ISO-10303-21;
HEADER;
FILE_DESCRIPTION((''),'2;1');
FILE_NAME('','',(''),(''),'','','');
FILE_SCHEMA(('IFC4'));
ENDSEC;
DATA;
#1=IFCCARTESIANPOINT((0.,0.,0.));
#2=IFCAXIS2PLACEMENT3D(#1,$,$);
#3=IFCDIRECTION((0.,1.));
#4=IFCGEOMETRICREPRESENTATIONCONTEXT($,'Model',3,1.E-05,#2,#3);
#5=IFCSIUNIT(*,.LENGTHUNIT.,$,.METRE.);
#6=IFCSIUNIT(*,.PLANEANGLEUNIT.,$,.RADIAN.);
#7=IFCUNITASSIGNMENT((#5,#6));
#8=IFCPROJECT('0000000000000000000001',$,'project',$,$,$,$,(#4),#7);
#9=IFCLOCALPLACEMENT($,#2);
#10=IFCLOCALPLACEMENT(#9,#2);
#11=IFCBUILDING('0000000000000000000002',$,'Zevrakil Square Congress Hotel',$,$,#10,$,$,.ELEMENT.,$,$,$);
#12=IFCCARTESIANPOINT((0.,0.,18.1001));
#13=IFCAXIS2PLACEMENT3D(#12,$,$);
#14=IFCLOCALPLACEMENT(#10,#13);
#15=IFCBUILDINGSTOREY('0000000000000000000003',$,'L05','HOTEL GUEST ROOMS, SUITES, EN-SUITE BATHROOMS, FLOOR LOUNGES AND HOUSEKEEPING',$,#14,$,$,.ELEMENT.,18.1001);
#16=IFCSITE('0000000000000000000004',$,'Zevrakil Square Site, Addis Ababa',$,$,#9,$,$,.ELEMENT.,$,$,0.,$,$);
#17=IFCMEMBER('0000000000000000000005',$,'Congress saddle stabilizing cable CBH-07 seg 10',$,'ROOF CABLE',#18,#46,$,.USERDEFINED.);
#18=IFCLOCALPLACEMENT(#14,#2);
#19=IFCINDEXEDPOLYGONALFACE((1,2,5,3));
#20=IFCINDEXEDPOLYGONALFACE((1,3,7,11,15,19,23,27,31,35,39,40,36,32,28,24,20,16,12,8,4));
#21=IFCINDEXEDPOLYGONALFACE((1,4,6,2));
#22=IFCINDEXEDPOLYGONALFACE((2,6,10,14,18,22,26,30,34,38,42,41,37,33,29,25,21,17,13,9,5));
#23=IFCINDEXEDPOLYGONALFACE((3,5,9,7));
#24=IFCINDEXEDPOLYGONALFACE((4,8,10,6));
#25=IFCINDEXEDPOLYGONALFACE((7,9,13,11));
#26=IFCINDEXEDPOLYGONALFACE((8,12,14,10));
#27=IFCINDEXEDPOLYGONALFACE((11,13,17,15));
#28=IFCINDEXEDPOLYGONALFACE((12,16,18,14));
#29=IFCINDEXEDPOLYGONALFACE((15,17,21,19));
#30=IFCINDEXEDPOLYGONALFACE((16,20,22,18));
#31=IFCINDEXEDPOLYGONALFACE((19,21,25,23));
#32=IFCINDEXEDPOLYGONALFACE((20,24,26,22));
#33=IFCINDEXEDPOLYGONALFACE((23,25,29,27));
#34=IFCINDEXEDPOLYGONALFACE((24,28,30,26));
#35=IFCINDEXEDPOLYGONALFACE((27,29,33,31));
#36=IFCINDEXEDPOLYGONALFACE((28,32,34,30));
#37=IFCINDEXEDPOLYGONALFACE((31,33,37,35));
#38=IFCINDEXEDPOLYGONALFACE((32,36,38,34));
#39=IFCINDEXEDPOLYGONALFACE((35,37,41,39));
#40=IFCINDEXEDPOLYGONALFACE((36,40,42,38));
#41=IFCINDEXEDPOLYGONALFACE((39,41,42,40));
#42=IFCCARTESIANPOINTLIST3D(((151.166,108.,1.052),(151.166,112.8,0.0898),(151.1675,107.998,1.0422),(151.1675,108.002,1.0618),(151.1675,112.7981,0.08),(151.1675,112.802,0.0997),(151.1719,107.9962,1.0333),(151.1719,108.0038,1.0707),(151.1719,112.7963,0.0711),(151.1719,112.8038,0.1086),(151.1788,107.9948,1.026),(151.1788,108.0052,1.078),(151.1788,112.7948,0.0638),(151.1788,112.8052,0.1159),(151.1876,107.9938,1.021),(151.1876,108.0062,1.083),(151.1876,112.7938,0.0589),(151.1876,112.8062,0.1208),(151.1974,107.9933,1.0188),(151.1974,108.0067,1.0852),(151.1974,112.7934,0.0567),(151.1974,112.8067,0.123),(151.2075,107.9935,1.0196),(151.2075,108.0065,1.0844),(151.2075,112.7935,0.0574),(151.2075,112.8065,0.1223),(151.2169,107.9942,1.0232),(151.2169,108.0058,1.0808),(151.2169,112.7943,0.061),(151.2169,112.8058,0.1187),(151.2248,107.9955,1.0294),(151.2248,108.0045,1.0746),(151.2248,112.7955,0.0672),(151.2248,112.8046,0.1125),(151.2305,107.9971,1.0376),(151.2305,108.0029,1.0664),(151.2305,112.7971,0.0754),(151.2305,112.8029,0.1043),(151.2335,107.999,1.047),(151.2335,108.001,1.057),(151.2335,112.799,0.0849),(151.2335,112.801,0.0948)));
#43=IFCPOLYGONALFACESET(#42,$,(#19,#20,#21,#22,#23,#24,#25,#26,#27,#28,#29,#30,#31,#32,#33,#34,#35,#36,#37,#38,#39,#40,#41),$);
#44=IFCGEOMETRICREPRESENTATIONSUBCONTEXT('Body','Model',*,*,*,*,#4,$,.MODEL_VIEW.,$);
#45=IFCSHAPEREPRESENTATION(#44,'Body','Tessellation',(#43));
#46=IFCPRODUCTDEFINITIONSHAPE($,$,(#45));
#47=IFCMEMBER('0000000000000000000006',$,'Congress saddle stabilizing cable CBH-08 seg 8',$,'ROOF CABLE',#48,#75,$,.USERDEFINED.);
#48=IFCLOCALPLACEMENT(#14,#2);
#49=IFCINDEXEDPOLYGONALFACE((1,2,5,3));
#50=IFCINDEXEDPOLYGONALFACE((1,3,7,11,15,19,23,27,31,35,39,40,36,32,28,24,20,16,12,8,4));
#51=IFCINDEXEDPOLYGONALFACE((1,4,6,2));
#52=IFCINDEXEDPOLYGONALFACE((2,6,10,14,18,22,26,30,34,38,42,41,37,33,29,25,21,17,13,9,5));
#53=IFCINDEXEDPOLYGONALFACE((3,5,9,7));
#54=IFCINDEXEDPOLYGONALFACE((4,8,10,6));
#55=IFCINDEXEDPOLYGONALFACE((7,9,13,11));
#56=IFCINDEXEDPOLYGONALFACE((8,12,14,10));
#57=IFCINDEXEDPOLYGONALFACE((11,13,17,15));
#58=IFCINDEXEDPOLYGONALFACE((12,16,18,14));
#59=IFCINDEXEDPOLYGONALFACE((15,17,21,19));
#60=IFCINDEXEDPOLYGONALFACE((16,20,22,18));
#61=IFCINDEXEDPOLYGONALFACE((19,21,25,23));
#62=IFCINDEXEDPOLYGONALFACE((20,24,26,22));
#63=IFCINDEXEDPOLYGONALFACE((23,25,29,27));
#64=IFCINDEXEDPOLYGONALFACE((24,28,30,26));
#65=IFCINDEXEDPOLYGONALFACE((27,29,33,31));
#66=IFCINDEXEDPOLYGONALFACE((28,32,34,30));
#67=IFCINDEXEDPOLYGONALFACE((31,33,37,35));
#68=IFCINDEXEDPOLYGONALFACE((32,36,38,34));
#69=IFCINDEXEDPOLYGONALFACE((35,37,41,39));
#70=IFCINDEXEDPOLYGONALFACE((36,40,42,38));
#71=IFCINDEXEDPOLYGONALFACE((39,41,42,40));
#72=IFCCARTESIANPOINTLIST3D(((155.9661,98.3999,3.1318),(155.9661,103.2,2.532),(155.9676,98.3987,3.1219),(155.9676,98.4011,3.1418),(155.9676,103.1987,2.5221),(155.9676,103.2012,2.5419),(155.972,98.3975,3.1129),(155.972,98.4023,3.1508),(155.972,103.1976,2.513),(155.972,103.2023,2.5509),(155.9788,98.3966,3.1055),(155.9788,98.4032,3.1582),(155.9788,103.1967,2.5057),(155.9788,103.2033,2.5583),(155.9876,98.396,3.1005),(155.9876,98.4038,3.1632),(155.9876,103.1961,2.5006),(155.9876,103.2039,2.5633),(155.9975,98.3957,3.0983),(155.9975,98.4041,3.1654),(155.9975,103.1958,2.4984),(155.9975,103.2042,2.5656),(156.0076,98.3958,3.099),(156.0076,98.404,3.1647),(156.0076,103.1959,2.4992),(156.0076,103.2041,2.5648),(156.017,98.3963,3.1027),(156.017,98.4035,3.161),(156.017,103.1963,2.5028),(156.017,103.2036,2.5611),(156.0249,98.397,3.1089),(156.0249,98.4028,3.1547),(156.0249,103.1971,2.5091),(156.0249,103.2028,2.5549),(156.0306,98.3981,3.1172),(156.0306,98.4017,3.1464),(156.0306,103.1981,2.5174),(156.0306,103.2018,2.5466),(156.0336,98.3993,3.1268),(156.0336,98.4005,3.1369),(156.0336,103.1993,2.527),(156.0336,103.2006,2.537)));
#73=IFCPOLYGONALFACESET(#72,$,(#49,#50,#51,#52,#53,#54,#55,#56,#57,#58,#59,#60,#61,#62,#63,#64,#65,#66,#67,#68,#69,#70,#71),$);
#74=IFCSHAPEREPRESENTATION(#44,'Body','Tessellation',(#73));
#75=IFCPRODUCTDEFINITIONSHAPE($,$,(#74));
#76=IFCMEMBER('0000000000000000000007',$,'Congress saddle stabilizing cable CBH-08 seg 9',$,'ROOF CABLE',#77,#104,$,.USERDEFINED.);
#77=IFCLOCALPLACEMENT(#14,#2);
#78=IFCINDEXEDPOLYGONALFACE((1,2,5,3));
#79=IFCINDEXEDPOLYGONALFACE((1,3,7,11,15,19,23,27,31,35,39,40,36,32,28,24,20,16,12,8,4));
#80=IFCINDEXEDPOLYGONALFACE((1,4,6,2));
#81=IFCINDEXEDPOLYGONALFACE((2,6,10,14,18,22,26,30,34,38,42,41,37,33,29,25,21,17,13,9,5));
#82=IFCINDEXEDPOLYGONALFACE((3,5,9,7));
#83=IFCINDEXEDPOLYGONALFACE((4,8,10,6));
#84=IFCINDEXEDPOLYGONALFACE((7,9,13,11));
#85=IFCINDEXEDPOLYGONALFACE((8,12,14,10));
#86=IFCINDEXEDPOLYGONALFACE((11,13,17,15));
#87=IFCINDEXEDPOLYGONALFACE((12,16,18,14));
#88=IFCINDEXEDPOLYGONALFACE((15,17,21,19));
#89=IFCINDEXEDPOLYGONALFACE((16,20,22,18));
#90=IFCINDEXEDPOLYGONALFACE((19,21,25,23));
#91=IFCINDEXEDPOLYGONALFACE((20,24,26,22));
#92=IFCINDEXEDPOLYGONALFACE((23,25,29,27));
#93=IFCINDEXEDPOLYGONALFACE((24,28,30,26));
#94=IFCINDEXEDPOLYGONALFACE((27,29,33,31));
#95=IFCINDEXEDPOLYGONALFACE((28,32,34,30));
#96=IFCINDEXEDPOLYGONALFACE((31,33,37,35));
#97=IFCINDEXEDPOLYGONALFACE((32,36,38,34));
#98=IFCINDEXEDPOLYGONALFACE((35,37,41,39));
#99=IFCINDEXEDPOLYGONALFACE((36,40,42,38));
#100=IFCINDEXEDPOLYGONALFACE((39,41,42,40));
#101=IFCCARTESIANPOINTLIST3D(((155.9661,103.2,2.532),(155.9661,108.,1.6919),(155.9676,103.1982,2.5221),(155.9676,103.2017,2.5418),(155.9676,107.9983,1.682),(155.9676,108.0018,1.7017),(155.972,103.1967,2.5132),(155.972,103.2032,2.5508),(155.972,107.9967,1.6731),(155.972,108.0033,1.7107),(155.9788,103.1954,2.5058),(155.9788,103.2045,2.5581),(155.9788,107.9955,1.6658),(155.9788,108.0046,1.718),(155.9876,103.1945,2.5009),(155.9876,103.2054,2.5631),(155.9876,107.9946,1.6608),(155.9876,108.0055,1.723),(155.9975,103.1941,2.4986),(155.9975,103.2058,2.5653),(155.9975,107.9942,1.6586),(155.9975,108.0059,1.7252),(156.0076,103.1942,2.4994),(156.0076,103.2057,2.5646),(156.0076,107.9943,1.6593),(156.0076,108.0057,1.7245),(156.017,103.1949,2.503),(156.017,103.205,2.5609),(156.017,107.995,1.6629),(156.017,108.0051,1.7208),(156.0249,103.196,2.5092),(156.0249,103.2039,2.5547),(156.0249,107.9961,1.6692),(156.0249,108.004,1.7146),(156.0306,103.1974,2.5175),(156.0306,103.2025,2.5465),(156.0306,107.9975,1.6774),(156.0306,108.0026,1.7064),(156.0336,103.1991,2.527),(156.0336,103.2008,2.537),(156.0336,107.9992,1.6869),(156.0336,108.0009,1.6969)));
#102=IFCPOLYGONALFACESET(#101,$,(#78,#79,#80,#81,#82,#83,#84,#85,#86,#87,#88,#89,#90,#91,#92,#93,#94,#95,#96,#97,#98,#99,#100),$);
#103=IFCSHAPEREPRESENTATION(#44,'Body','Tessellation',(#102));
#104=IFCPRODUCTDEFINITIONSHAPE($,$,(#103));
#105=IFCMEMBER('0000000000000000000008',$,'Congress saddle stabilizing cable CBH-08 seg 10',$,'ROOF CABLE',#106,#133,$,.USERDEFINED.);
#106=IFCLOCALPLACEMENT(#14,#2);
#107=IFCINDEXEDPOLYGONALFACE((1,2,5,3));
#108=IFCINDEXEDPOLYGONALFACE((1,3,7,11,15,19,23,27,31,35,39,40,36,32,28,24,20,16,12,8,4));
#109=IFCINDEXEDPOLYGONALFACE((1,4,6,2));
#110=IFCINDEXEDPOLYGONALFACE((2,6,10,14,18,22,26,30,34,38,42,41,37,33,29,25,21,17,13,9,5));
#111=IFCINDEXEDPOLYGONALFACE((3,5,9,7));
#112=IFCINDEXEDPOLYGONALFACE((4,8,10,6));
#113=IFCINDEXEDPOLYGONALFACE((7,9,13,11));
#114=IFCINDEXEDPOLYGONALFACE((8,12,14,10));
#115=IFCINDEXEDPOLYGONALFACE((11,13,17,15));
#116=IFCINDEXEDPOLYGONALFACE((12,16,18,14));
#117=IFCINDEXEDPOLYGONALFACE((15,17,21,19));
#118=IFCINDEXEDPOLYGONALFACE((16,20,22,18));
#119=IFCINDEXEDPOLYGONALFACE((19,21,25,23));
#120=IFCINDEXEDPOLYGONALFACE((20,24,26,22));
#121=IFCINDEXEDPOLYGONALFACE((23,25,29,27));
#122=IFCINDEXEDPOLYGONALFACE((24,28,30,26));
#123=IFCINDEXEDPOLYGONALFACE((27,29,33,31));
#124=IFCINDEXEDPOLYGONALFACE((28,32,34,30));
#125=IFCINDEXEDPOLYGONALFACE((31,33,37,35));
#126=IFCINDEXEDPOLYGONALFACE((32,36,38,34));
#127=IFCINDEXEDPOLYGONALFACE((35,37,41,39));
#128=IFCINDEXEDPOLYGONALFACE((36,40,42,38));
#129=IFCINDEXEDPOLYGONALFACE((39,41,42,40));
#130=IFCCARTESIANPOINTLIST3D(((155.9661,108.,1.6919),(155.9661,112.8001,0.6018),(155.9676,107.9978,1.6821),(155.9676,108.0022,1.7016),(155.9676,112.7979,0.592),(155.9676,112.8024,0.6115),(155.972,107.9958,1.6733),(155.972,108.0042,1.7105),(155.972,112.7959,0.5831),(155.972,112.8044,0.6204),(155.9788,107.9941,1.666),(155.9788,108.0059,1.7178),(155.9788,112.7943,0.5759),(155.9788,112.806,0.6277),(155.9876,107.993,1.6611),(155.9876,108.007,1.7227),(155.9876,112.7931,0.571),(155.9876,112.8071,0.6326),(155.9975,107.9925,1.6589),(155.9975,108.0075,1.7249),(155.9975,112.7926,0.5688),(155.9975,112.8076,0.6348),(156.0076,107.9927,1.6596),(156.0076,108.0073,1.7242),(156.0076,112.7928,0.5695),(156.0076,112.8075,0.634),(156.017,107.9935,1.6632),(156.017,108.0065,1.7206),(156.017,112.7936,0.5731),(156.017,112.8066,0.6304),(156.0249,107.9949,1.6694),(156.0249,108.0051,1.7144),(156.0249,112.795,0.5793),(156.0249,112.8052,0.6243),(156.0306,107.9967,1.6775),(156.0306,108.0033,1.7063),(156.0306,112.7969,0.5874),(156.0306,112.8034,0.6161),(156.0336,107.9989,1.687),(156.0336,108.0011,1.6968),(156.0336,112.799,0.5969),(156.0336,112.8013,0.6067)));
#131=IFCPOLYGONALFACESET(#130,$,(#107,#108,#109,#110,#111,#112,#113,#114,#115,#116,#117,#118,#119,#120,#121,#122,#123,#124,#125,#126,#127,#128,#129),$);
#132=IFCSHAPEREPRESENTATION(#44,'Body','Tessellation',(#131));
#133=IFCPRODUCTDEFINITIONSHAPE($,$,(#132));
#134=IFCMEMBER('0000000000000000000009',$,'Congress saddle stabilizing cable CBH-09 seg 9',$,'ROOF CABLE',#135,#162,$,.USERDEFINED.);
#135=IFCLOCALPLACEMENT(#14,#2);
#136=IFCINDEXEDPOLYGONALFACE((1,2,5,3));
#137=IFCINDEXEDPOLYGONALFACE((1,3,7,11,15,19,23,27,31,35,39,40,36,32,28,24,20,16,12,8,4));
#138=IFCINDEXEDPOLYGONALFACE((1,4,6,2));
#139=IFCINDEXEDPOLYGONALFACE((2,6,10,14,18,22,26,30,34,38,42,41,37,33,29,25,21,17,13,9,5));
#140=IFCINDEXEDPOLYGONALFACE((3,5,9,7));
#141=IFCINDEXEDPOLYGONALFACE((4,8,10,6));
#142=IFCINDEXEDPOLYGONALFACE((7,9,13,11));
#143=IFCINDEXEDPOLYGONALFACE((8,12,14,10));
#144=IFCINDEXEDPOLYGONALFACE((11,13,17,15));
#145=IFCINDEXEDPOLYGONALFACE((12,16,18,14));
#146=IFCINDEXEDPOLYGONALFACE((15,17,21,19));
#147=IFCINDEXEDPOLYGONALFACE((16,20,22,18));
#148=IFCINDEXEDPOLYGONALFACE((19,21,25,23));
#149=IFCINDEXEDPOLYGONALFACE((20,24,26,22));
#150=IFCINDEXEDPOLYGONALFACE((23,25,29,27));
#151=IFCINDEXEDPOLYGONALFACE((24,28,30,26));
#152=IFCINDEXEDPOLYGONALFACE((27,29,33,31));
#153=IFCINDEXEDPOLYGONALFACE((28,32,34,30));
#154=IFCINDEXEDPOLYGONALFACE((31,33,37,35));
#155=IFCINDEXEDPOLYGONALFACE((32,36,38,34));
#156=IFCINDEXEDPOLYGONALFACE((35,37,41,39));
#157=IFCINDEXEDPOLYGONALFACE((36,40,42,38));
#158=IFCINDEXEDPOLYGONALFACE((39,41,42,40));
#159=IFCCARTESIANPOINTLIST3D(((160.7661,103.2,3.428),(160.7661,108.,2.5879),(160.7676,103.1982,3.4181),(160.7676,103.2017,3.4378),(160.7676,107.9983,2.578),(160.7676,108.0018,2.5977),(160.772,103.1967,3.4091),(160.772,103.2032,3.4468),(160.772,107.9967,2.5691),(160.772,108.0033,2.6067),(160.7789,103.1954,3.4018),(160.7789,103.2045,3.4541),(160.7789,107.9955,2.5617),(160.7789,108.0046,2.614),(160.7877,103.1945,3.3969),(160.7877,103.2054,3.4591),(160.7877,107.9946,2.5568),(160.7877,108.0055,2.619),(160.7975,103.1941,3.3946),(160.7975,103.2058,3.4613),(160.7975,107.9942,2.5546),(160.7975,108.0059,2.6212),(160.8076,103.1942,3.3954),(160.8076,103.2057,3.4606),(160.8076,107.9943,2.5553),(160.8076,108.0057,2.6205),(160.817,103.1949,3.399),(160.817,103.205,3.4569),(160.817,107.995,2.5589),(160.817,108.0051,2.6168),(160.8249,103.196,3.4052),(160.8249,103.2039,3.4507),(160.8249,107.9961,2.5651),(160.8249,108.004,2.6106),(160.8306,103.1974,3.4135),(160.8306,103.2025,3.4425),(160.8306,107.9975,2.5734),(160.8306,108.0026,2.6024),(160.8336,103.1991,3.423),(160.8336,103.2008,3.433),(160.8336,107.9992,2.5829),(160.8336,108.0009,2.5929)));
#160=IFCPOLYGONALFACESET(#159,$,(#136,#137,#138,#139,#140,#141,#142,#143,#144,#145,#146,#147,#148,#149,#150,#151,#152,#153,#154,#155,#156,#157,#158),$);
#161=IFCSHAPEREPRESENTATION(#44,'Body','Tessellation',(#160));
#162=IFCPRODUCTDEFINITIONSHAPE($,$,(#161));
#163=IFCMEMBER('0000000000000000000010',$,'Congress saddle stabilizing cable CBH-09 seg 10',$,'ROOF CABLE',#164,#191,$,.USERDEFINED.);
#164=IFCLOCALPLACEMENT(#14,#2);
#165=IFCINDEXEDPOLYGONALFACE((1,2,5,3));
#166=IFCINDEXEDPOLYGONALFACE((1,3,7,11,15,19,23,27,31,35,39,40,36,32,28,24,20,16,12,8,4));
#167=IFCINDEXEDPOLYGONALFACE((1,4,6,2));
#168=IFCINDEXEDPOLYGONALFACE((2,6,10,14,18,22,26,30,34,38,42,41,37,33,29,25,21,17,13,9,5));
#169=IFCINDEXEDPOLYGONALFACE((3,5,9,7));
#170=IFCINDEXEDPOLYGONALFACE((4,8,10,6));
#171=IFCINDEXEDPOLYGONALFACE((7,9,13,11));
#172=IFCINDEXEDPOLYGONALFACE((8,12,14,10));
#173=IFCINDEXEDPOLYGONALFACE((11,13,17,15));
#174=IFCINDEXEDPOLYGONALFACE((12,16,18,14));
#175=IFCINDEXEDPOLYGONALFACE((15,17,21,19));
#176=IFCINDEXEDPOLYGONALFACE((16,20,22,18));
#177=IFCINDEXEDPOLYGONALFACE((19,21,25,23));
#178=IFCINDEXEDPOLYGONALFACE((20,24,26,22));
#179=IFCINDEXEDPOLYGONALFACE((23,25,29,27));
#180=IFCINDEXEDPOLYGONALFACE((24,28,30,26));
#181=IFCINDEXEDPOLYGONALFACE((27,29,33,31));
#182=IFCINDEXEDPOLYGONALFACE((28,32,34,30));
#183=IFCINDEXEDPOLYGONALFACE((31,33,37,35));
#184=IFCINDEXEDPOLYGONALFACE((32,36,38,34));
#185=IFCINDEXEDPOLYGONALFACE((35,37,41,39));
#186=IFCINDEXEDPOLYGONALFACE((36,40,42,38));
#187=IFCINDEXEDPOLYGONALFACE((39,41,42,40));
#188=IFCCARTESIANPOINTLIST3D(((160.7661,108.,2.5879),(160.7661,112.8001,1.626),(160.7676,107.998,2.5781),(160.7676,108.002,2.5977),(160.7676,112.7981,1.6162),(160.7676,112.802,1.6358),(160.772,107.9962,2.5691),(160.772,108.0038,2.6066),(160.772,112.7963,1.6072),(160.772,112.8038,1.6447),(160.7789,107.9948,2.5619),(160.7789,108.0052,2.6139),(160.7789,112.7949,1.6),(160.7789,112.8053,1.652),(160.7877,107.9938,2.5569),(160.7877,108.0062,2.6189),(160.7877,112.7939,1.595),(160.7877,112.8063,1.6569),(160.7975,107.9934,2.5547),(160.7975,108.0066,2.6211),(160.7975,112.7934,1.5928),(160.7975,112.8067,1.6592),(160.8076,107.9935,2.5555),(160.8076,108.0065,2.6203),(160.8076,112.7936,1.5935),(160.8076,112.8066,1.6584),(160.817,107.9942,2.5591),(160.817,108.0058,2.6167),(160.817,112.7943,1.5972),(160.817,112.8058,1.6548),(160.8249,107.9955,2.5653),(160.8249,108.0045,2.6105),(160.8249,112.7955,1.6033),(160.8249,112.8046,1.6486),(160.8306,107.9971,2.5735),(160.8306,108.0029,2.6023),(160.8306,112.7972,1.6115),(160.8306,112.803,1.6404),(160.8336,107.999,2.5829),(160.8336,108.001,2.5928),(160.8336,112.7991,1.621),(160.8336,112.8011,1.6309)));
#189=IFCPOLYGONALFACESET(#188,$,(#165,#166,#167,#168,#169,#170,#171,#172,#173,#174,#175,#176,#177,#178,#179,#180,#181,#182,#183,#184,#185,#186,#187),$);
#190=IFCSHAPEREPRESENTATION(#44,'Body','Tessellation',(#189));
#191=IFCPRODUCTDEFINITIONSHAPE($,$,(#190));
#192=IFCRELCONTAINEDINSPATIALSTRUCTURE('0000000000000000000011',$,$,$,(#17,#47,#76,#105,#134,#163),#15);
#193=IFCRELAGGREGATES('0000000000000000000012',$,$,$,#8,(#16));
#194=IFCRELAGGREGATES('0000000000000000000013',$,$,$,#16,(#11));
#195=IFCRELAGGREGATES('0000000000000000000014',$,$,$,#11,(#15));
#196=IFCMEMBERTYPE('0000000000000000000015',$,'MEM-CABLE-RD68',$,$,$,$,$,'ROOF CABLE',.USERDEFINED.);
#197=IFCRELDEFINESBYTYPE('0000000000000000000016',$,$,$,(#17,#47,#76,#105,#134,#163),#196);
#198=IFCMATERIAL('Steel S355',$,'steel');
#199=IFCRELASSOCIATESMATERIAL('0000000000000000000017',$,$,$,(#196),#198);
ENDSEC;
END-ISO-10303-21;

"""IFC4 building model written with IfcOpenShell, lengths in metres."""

from ifc_helpers import new_model, si_unit, direction, frame, origin, origin_2d, place, context, subcontext, project, spatial, circle, extrude, material, material_profile, profile_set, type_object, element, save


model = new_model("IFC4")

# Units and contexts
model_context = context("Model", 3, precision=1e-05, world=origin(), true_north=direction((0.0, 1.0)))
body_context = subcontext(model_context, "Body", "Model", "MODEL_VIEW")
ifc_project = project(units=[si_unit("LENGTHUNIT", "METRE"), si_unit("PLANEANGLEUNIT", "RADIAN")], contexts=[model_context])

# Site, building, storey
site_placement = place(None, origin())
site = spatial("IfcSite", under=ifc_project, at=site_placement, Name="Zevrakil Square Site, Addis Ababa", CompositionType="ELEMENT", RefElevation=0.0)
building_placement = place(site_placement, origin())
building = spatial("IfcBuilding", under=site, at=building_placement, Name="Zevrakil Square Congress Hotel", CompositionType="ELEMENT")
storey_placement = place(building_placement, frame((0.0, 0.0, 18.1001)))
storey = spatial("IfcBuildingStorey", under=building, at=storey_placement, Name="L05", Description="HOTEL GUEST ROOMS, SUITES, EN-SUITE BATHROOMS, FLOOR LOUNGES AND HOUSEKEEPING", CompositionType="ELEMENT", Elevation=18.1001)

# Members
ifc_material_1 = material(Name="Steel S355", Category="steel")
ifc_material_profile_1 = material_profile(ifc_material_1, circle(Radius=0.0339, at=origin_2d()), Name="CABLE RD68")
ifc_profile_set_1 = profile_set([ifc_material_profile_1], Name="Steel S355")
member_type_1 = type_object("IfcMemberType", Name="MEM-CABLE-RD68", ElementType="ROOF CABLE", PredefinedType="USERDEFINED", material=ifc_profile_set_1)
member_1_placement = place(storey_placement, frame((151.2, 108.0, 1.052), z_axis=(0.0, 0.980496, -0.196538), x_axis=(-1.0, 0.0, 0.0)))
element("IfcMember", 1, at=member_1_placement, inside=storey, type_object=member_type_1, Name="Congress saddle stabilizing cable CBH-07 seg 10", ObjectType="ROOF CABLE", PredefinedType="USERDEFINED", context=body_context, shape_type="SweptSolid", body=[
    extrude(circle(Radius=0.0339, at=origin_2d()), origin(), (0.0, 0.0, 1.0), 4.8955),
])
member_2_placement = place(storey_placement, frame((156.0, 98.3999, 3.1318), z_axis=(0.0, 0.992282, -0.124004), x_axis=(-1.0, 0.0, 0.0)))
element("IfcMember", 2, at=member_2_placement, inside=storey, type_object=member_type_1, Name="Congress saddle stabilizing cable CBH-08 seg 8", ObjectType="ROOF CABLE", PredefinedType="USERDEFINED", context=body_context, shape_type="SweptSolid", body=[
    extrude(circle(Radius=0.0339, at=origin_2d()), origin(), (0.0, 0.0, 1.0), 4.8374),
])
member_3_placement = place(storey_placement, frame((156.0, 103.2, 2.532), z_axis=(0.0, 0.985028, -0.172396), x_axis=(-1.0, 0.0, 0.0)))
element("IfcMember", 3, at=member_3_placement, inside=storey, type_object=member_type_1, Name="Congress saddle stabilizing cable CBH-08 seg 9", ObjectType="ROOF CABLE", PredefinedType="USERDEFINED", context=body_context, shape_type="SweptSolid", body=[
    extrude(circle(Radius=0.0339, at=origin_2d()), origin(), (0.0, 0.0, 1.0), 4.873),
])
member_4_placement = place(storey_placement, frame((156.0, 108.0, 1.6919), z_axis=(0.0, 0.975169, -0.22146), x_axis=(-1.0, 0.0, 0.0)))
element("IfcMember", 4, at=member_4_placement, inside=storey, type_object=member_type_1, Name="Congress saddle stabilizing cable CBH-08 seg 10", ObjectType="ROOF CABLE", PredefinedType="USERDEFINED", context=body_context, shape_type="SweptSolid", body=[
    extrude(circle(Radius=0.0339, at=origin_2d()), origin(), (0.0, 0.0, 1.0), 4.9224),
])
member_5_placement = place(storey_placement, frame((160.8, 103.2, 3.428), z_axis=(0.0, 0.985028, -0.172396), x_axis=(-1.0, 0.0, 0.0)))
element("IfcMember", 5, at=member_5_placement, inside=storey, type_object=member_type_1, Name="Congress saddle stabilizing cable CBH-09 seg 9", ObjectType="ROOF CABLE", PredefinedType="USERDEFINED", context=body_context, shape_type="SweptSolid", body=[
    extrude(circle(Radius=0.0339, at=origin_2d()), origin(), (0.0, 0.0, 1.0), 4.873),
])
member_6_placement = place(storey_placement, frame((160.8, 108.0, 2.5879), z_axis=(0.0, 0.980506, -0.19649), x_axis=(-1.0, 0.0, 0.0)))
element("IfcMember", 6, at=member_6_placement, inside=storey, type_object=member_type_1, Name="Congress saddle stabilizing cable CBH-09 seg 10", ObjectType="ROOF CABLE", PredefinedType="USERDEFINED", context=body_context, shape_type="SweptSolid", body=[
    extrude(circle(Radius=0.0339, at=origin_2d()), origin(), (0.0, 0.0, 1.0), 4.8955),
])

save(model, "model.ifc")
